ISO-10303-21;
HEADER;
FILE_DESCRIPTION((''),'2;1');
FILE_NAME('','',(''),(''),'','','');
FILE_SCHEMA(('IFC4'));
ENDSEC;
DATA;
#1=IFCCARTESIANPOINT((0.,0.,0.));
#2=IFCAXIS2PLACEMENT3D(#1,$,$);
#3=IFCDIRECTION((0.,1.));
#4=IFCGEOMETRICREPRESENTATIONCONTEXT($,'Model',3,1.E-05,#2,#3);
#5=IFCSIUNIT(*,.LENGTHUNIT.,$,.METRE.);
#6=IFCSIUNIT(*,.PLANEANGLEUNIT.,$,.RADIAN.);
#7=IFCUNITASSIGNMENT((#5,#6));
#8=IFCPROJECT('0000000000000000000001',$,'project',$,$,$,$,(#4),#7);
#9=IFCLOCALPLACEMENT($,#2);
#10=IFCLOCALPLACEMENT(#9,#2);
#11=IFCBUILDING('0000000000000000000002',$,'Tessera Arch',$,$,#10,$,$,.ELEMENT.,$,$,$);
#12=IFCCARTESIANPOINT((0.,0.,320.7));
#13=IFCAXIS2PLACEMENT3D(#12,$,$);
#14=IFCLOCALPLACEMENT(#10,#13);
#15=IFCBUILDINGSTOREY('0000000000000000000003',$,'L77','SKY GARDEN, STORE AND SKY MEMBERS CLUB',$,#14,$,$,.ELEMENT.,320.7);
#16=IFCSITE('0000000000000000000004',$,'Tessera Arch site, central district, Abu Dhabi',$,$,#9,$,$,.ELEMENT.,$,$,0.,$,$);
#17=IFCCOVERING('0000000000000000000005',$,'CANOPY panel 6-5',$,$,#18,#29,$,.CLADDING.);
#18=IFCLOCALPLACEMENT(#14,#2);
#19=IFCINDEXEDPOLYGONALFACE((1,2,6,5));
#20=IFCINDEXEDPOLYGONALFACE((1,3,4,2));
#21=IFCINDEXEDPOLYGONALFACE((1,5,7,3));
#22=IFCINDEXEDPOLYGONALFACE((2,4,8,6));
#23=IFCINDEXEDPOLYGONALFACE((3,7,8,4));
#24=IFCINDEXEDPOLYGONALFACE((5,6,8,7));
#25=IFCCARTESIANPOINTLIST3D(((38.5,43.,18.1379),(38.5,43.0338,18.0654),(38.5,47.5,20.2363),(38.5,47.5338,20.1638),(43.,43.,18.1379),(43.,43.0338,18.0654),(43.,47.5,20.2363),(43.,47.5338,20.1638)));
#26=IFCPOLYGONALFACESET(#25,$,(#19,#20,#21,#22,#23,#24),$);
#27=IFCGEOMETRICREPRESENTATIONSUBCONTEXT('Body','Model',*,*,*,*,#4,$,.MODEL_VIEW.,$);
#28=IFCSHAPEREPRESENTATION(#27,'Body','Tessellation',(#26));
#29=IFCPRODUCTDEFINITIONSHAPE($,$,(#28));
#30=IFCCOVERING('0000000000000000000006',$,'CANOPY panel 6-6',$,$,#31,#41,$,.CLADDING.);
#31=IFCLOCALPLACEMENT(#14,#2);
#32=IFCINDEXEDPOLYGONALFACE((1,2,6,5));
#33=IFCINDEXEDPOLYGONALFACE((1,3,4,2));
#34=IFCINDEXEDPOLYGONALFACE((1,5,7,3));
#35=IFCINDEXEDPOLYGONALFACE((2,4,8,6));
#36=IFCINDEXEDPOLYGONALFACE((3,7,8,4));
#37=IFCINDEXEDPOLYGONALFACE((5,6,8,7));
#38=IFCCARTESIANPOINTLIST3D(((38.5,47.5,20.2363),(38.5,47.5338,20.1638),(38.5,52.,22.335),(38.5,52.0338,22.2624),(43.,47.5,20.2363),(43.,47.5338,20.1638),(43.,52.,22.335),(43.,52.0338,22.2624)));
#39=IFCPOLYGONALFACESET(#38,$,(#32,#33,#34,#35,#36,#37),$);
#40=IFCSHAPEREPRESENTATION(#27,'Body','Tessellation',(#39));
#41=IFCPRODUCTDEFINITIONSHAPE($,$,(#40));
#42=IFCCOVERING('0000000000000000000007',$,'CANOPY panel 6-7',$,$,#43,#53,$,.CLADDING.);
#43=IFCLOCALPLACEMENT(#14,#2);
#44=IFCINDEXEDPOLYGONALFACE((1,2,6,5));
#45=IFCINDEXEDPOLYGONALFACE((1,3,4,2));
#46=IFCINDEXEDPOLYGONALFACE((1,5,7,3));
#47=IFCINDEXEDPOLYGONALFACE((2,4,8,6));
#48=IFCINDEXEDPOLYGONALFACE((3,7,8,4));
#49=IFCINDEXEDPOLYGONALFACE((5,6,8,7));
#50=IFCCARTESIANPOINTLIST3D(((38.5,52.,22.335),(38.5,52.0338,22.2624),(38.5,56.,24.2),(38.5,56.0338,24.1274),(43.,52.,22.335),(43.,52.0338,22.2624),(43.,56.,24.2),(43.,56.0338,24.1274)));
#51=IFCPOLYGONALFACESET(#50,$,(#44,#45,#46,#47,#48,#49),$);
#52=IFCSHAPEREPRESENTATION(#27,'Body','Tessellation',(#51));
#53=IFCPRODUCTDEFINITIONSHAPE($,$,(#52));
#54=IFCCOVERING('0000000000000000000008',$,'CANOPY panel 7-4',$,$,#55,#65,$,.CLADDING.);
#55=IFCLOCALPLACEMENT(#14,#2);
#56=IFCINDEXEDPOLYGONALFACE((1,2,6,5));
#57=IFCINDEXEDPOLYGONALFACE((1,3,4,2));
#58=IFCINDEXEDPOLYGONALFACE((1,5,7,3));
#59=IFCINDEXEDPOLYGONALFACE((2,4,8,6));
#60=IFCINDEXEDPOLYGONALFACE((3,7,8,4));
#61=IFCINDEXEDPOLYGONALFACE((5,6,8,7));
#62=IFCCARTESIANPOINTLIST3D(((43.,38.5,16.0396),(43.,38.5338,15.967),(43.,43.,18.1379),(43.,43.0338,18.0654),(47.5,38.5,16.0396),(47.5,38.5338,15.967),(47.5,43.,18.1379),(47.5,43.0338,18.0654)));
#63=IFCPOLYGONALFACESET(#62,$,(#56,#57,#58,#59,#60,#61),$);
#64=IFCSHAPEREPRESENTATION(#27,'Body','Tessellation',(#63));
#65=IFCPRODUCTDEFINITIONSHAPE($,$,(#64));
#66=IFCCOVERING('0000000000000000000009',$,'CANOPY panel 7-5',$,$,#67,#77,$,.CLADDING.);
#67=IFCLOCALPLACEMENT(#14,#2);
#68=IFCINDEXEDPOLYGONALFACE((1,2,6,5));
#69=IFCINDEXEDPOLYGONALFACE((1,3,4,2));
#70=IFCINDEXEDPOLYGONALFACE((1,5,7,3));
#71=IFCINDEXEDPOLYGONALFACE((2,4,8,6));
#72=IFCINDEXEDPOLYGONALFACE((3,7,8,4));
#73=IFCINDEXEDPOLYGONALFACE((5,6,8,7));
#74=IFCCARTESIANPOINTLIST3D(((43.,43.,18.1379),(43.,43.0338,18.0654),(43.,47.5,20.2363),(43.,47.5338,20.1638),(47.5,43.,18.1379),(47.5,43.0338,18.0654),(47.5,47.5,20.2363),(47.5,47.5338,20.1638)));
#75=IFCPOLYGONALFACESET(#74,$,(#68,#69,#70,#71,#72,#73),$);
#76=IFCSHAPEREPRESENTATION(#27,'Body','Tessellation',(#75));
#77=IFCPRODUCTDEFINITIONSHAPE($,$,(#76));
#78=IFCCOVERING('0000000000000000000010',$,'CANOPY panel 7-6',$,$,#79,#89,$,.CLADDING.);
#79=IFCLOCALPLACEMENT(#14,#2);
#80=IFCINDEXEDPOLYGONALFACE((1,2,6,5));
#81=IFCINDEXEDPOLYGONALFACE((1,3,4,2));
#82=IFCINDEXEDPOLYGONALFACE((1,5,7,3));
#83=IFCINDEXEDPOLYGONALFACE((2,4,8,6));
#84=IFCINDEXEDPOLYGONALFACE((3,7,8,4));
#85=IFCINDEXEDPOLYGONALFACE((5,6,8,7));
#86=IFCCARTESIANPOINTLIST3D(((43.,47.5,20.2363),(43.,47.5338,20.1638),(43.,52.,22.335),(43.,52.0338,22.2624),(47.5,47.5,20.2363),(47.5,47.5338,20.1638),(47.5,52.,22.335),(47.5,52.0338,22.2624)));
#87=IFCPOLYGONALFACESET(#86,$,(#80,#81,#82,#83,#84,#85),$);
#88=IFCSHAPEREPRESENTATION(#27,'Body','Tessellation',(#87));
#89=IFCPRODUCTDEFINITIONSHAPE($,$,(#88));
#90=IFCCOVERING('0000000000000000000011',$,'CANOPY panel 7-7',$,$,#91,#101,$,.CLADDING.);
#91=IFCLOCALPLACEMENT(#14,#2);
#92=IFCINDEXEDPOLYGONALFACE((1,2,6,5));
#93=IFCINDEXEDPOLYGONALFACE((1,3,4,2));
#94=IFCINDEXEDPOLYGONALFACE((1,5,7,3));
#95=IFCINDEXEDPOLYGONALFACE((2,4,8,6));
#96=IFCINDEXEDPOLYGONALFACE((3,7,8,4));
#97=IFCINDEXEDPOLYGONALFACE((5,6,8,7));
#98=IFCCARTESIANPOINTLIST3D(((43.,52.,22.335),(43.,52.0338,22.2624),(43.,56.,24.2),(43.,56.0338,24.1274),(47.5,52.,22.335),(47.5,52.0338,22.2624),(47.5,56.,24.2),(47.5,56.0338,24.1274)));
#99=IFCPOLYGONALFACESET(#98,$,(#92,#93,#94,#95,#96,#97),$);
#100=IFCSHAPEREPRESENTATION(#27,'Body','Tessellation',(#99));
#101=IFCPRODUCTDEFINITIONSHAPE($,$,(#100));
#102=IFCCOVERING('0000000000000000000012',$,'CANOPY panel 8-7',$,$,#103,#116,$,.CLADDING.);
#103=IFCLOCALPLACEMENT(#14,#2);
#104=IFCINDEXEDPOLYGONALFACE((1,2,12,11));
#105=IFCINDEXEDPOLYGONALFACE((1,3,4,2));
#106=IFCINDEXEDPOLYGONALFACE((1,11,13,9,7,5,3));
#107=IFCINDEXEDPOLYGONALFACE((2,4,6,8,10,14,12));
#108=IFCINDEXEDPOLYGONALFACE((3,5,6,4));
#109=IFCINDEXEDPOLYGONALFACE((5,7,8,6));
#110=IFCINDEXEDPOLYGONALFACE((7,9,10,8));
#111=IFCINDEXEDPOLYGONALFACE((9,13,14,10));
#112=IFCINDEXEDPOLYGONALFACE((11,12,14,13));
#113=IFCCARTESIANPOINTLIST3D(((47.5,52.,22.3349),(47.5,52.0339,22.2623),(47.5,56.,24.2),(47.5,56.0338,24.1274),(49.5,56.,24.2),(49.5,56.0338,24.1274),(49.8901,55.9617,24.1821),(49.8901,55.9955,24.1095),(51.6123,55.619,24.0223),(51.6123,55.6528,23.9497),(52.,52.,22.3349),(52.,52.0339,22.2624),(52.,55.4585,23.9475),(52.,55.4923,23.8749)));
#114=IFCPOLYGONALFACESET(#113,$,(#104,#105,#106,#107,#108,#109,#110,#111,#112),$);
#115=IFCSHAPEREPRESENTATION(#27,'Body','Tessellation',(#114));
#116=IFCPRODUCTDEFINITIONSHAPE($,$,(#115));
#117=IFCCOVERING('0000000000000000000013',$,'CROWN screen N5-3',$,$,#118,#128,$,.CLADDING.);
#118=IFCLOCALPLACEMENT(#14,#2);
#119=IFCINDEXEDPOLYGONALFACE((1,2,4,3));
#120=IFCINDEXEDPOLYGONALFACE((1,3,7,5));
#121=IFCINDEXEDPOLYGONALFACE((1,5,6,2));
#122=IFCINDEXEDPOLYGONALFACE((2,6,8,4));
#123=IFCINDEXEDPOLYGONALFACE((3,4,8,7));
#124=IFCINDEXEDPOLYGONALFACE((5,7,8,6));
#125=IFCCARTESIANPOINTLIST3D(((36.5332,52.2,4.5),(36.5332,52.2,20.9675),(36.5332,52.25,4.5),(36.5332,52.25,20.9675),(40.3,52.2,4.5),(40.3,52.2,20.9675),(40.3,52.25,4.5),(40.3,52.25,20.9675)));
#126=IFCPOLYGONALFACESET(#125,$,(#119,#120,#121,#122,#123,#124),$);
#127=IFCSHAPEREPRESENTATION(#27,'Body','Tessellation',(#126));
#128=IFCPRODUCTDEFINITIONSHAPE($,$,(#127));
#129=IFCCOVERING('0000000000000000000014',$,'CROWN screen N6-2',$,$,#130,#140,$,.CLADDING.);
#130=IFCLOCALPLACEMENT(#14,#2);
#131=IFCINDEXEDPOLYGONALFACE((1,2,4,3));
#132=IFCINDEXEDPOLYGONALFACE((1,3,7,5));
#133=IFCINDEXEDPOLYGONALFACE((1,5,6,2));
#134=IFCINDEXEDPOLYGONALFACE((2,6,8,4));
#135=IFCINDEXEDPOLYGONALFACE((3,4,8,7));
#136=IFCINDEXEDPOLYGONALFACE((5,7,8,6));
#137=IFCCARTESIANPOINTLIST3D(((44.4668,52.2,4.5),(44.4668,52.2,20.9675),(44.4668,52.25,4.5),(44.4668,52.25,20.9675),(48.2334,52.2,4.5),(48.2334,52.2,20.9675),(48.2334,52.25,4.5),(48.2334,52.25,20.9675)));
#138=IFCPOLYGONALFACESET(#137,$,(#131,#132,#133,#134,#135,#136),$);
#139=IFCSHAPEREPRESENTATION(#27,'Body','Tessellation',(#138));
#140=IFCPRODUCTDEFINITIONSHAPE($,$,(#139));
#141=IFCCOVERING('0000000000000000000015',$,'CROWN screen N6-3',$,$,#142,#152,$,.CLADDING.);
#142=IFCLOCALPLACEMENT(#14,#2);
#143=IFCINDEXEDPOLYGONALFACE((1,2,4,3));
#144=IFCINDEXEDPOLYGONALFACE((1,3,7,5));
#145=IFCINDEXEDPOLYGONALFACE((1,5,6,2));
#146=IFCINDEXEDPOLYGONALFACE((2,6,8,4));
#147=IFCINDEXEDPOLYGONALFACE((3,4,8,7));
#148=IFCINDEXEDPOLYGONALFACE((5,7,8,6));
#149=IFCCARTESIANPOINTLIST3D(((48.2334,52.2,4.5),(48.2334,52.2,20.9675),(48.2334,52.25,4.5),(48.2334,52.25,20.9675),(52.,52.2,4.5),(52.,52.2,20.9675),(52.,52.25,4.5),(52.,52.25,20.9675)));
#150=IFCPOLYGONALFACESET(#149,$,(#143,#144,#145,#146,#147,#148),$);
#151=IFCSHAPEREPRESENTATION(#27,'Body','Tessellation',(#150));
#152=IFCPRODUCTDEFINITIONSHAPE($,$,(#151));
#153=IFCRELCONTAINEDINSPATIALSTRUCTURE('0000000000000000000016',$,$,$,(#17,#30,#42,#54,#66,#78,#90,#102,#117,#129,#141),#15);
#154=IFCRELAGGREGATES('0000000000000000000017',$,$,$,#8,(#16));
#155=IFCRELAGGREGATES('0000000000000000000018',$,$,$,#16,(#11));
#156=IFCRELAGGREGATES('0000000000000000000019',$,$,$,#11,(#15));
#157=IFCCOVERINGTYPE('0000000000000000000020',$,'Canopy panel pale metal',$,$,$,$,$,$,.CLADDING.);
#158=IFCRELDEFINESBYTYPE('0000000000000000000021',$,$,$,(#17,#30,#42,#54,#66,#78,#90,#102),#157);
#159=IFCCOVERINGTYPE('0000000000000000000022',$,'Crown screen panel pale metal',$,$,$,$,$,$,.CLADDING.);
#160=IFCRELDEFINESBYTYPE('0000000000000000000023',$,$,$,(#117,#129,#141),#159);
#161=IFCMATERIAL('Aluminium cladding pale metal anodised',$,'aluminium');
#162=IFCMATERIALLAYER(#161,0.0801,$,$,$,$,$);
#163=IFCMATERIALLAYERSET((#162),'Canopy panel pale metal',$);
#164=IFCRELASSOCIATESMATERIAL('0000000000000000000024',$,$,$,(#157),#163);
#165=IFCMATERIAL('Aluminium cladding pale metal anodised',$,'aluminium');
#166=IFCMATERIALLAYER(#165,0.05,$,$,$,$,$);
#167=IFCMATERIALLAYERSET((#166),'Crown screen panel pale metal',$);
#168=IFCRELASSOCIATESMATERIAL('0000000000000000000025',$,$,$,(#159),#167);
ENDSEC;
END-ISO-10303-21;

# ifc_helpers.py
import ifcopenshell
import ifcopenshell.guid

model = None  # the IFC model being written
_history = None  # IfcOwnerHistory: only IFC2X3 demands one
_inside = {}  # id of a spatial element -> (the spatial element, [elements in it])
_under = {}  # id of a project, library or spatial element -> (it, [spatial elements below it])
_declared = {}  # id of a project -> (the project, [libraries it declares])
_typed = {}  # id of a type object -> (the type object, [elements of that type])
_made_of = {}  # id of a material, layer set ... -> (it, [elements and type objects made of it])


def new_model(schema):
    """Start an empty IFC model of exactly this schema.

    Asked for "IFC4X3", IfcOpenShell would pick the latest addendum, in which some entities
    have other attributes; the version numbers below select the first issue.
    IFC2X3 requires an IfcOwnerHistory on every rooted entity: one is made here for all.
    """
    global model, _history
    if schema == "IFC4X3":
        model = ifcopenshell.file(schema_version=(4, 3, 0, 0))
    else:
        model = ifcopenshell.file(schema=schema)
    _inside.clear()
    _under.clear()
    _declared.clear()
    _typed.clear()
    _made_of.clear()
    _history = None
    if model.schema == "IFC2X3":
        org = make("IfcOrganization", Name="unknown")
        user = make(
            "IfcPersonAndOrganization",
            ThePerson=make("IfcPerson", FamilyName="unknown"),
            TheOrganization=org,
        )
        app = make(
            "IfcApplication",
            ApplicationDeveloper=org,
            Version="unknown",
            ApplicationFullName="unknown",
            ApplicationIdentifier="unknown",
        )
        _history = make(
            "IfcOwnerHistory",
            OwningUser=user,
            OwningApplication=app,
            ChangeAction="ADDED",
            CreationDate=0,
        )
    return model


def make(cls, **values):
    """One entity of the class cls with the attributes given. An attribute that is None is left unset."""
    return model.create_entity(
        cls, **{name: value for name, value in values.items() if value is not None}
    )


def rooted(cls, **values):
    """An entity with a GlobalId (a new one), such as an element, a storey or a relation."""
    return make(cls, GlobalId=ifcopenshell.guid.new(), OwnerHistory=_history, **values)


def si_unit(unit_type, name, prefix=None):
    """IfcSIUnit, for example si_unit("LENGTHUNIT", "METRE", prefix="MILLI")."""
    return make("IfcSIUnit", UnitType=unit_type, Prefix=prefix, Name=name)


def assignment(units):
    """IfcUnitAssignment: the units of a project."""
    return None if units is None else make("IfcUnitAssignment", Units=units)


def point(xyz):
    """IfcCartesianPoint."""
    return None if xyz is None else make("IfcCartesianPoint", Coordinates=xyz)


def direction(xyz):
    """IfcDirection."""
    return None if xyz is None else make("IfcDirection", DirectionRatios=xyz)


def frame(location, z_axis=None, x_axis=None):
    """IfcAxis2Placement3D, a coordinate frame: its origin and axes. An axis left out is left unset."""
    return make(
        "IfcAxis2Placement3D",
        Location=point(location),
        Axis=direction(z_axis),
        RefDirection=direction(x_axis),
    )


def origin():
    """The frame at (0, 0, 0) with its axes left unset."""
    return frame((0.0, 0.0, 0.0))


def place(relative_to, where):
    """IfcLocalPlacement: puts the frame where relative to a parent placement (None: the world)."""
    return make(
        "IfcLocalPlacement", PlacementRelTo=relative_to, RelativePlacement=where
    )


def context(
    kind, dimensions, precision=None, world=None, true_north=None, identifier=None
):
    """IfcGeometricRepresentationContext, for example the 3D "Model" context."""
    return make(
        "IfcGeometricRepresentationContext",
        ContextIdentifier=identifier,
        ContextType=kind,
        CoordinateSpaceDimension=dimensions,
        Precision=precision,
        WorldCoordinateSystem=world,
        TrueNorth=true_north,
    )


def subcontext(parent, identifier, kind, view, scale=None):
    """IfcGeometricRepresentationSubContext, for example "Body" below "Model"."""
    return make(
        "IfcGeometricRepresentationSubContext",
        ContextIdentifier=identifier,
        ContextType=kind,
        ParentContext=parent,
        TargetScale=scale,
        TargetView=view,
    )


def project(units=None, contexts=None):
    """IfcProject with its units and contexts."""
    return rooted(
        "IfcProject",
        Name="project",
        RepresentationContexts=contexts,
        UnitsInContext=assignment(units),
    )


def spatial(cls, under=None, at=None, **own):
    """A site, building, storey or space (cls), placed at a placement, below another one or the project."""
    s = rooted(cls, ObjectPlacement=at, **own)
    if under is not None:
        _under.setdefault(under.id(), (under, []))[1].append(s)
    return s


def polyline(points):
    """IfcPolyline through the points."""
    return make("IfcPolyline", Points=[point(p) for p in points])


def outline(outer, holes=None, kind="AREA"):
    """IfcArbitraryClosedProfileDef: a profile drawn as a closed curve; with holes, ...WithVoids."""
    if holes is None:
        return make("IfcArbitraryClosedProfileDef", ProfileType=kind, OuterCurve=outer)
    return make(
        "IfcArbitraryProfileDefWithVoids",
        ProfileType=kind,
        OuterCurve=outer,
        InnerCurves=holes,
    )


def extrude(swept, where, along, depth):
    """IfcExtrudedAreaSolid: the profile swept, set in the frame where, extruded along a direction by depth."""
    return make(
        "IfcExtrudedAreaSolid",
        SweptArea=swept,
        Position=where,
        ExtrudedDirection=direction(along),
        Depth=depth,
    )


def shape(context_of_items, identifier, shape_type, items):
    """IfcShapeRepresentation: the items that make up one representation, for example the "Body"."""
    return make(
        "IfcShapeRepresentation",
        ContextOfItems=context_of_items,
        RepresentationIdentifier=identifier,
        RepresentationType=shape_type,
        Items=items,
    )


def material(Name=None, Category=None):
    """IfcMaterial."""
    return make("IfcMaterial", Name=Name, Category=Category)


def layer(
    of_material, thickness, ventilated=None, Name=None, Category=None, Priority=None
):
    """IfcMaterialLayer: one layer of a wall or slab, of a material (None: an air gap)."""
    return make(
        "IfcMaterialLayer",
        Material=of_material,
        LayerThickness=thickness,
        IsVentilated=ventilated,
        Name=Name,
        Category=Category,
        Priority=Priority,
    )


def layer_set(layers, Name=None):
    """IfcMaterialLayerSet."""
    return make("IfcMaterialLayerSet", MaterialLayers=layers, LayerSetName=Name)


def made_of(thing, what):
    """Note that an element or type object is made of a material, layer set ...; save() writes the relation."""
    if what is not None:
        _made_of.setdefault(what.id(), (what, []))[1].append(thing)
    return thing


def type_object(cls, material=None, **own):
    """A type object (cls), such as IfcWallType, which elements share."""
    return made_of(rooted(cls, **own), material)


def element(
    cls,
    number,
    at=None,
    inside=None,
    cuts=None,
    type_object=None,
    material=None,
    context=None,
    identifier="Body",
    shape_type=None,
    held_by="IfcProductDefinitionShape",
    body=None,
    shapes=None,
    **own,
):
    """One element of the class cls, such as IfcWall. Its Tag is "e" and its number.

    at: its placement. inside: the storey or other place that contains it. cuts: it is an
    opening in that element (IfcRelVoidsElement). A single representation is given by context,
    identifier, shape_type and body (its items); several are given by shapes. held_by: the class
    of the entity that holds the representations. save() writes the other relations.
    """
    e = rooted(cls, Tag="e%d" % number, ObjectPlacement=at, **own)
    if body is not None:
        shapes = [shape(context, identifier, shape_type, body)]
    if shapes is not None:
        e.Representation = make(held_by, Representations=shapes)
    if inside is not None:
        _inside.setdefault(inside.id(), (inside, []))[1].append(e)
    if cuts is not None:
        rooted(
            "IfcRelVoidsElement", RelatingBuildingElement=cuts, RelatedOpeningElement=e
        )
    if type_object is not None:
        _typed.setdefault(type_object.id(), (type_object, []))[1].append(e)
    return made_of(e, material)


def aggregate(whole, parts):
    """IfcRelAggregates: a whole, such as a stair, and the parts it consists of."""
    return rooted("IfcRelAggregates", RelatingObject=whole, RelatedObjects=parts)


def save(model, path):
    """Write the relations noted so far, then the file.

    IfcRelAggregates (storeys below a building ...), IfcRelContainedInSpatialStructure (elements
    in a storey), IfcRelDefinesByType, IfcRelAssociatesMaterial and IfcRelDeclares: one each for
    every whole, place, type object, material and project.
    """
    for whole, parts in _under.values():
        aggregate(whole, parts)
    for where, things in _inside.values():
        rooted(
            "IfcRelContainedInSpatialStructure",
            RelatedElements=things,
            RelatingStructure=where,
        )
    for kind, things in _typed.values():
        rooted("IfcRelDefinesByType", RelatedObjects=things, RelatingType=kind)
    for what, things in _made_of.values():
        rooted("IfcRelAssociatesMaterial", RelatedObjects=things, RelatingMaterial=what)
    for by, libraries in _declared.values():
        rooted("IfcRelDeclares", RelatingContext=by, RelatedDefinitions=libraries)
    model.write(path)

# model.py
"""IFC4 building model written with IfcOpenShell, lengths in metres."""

from ifc_helpers import new_model, si_unit, direction, frame, origin, place, context, subcontext, project, spatial, polyline, outline, extrude, material, layer, layer_set, type_object, element, save


model = new_model("IFC4")

# Units and contexts
model_context = context("Model", 3, precision=1e-05, world=origin(), true_north=direction((0.0, 1.0)))
body_context = subcontext(model_context, "Body", "Model", "MODEL_VIEW")
ifc_project = project(units=[si_unit("LENGTHUNIT", "METRE"), si_unit("PLANEANGLEUNIT", "RADIAN")], contexts=[model_context])

# Site, building, storey
site_placement = place(None, origin())
site = spatial("IfcSite", under=ifc_project, at=site_placement, Name="Tessera Arch site, central district, Abu Dhabi", CompositionType="ELEMENT", RefElevation=0.0)
building_placement = place(site_placement, origin())
building = spatial("IfcBuilding", under=site, at=building_placement, Name="Tessera Arch", CompositionType="ELEMENT")
storey_placement = place(building_placement, frame((0.0, 0.0, 320.7)))
storey = spatial("IfcBuildingStorey", under=building, at=storey_placement, Name="L77", Description="SKY GARDEN, STORE AND SKY MEMBERS CLUB", CompositionType="ELEMENT", Elevation=320.7)

# Coverings
ifc_material_1 = material(Name="Aluminium cladding pale metal anodised", Category="aluminium")
ifc_layer_1 = layer(ifc_material_1, 0.0801)
ifc_layer_set_1 = layer_set([ifc_layer_1], Name="Canopy panel pale metal")
covering_type_1 = type_object("IfcCoveringType", Name="Canopy panel pale metal", PredefinedType="CLADDING", material=ifc_layer_set_1)
covering_1_placement = place(storey_placement, frame((43.0, 43.0, 18.1379), z_axis=(0.0, -0.422619, 0.906307), x_axis=(0.0, 0.906307, 0.422619)))
element("IfcCovering", 1, at=covering_1_placement, inside=storey, type_object=covering_type_1, Name="CANOPY panel 6-5", PredefinedType="CLADDING", context=body_context, shape_type="SweptSolid", body=[
    extrude(outline(polyline([(0.0, 0.0), (4.9652, 0.0), (4.9652, 4.5), (0.0, 4.5), (0.0, 0.0)])), origin(), (0.0, 0.0, -1.0), 0.0801),
])
covering_2_placement = place(storey_placement, frame((43.0, 47.5, 20.2363), z_axis=(0.0, -0.422659, 0.906289), x_axis=(0.0, 0.906289, 0.422659)))
element("IfcCovering", 2, at=covering_2_placement, inside=storey, type_object=covering_type_1, Name="CANOPY panel 6-6", PredefinedType="CLADDING", context=body_context, shape_type="SweptSolid", body=[
    extrude(outline(polyline([(0.0, 0.0), (4.9653, 0.0), (4.9653, 4.5), (0.0, 4.5), (0.0, 0.0)])), origin(), (0.0, 0.0, -1.0), 0.0801),
])
covering_3_placement = place(storey_placement, frame((38.5, 56.0, 24.2), z_axis=(0.0, -0.422574, 0.906329), x_axis=(0.0, -0.906329, -0.422574)))
element("IfcCovering", 3, at=covering_3_placement, inside=storey, type_object=covering_type_1, Name="CANOPY panel 6-7", PredefinedType="CLADDING", context=body_context, shape_type="SweptSolid", body=[
    extrude(outline(polyline([(0.0, 0.0), (4.4134, 0.0), (4.4134, 4.5), (0.0, 4.5), (0.0, 0.0)])), origin(), (0.0, 0.0, -1.0), 0.0801),
])
for number, where, z_axis, x_axis, name in (
    (4, (47.5, 38.5, 16.0396), (0.0, -0.422619, 0.906307), (0.0, 0.906307, 0.422619), "CANOPY panel 7-4"),
    (5, (47.5, 43.0, 18.1379), (0.0, -0.422619, 0.906307), (0.0, 0.906307, 0.422619), "CANOPY panel 7-5"),
):
    element("IfcCovering", number, at=place(storey_placement, frame(where, z_axis=z_axis, x_axis=x_axis)), inside=storey, type_object=covering_type_1, Name=name, PredefinedType="CLADDING", context=body_context, shape_type="SweptSolid", body=[
        extrude(outline(polyline([(0.0, 0.0), (4.9652, 0.0), (4.9652, 4.5), (0.0, 4.5), (0.0, 0.0)])), origin(), (0.0, 0.0, -1.0), 0.0801),
    ])
covering_4_placement = place(storey_placement, frame((47.5, 47.5, 20.2363), z_axis=(0.0, -0.422659, 0.906289), x_axis=(0.0, 0.906289, 0.422659)))
element("IfcCovering", 6, at=covering_4_placement, inside=storey, type_object=covering_type_1, Name="CANOPY panel 7-6", PredefinedType="CLADDING", context=body_context, shape_type="SweptSolid", body=[
    extrude(outline(polyline([(0.0, 0.0), (4.9653, 0.0), (4.9653, 4.5), (0.0, 4.5), (0.0, 0.0)])), origin(), (0.0, 0.0, -1.0), 0.0801),
])
covering_5_placement = place(storey_placement, frame((43.0, 56.0, 24.2), z_axis=(0.0, -0.422574, 0.906329), x_axis=(0.0, -0.906329, -0.422574)))
element("IfcCovering", 7, at=covering_5_placement, inside=storey, type_object=covering_type_1, Name="CANOPY panel 7-7", PredefinedType="CLADDING", context=body_context, shape_type="SweptSolid", body=[
    extrude(outline(polyline([(0.0, 0.0), (4.4134, 0.0), (4.4134, 4.5), (0.0, 4.5), (0.0, 0.0)])), origin(), (0.0, 0.0, -1.0), 0.0801),
])
covering_6_placement = place(storey_placement, frame((47.5, 56.0, 24.2), z_axis=(-0.000006, -0.422585, 0.906323), x_axis=(0.0, -0.906323, -0.422585)))
element("IfcCovering", 8, at=covering_6_placement, inside=storey, type_object=covering_type_1, Name="CANOPY panel 8-7", PredefinedType="CLADDING", context=body_context, shape_type="SweptSolid", body=[
    extrude(outline(polyline([(0.0, 0.0), (4.4134, 0.0), (4.4134, 4.5), (0.5975, 4.5), (0.4204, 4.1123), (0.0423, 2.3901), (0.0, 2.0), (0.0, 0.0)])), origin(), (0.0, 0.0, -1.0), 0.0801),
])
ifc_material_2 = material(Name="Aluminium cladding pale metal anodised", Category="aluminium")
ifc_layer_2 = layer(ifc_material_2, 0.05)
ifc_layer_set_2 = layer_set([ifc_layer_2], Name="Crown screen panel pale metal")
covering_type_2 = type_object("IfcCoveringType", Name="Crown screen panel pale metal", PredefinedType="CLADDING", material=ifc_layer_set_2)
covering_7_placement = place(storey_placement, frame((36.5332, 52.2, 4.5), z_axis=(0.0, -1.0, 0.0), x_axis=(1.0, 0.0, 0.0)))
element("IfcCovering", 9, at=covering_7_placement, inside=storey, type_object=covering_type_2, Name="CROWN screen N5-3", PredefinedType="CLADDING", context=body_context, shape_type="SweptSolid", body=[
    extrude(outline(polyline([(0.0, 0.0), (3.7668, 0.0), (3.7668, 16.4675), (0.0, 16.4675), (0.0, 0.0)])), origin(), (0.0, 0.0, -1.0), 0.05),
])
for number, where, z_axis, x_axis, name in (
    (10, (44.4668, 52.2, 4.5), (0.0, -1.0, 0.0), (1.0, 0.0, 0.0), "CROWN screen N6-2"),
    (11, (48.2334, 52.2, 4.5), (0.0, -1.0, 0.0), (1.0, 0.0, 0.0), "CROWN screen N6-3"),
):
    element("IfcCovering", number, at=place(storey_placement, frame(where, z_axis=z_axis, x_axis=x_axis)), inside=storey, type_object=covering_type_2, Name=name, PredefinedType="CLADDING", context=body_context, shape_type="SweptSolid", body=[
        extrude(outline(polyline([(0.0, 0.0), (3.7666, 0.0), (3.7666, 16.4675), (0.0, 16.4675), (0.0, 0.0)])), origin(), (0.0, 0.0, -1.0), 0.05),
    ])

save(model, "model.ifc")
